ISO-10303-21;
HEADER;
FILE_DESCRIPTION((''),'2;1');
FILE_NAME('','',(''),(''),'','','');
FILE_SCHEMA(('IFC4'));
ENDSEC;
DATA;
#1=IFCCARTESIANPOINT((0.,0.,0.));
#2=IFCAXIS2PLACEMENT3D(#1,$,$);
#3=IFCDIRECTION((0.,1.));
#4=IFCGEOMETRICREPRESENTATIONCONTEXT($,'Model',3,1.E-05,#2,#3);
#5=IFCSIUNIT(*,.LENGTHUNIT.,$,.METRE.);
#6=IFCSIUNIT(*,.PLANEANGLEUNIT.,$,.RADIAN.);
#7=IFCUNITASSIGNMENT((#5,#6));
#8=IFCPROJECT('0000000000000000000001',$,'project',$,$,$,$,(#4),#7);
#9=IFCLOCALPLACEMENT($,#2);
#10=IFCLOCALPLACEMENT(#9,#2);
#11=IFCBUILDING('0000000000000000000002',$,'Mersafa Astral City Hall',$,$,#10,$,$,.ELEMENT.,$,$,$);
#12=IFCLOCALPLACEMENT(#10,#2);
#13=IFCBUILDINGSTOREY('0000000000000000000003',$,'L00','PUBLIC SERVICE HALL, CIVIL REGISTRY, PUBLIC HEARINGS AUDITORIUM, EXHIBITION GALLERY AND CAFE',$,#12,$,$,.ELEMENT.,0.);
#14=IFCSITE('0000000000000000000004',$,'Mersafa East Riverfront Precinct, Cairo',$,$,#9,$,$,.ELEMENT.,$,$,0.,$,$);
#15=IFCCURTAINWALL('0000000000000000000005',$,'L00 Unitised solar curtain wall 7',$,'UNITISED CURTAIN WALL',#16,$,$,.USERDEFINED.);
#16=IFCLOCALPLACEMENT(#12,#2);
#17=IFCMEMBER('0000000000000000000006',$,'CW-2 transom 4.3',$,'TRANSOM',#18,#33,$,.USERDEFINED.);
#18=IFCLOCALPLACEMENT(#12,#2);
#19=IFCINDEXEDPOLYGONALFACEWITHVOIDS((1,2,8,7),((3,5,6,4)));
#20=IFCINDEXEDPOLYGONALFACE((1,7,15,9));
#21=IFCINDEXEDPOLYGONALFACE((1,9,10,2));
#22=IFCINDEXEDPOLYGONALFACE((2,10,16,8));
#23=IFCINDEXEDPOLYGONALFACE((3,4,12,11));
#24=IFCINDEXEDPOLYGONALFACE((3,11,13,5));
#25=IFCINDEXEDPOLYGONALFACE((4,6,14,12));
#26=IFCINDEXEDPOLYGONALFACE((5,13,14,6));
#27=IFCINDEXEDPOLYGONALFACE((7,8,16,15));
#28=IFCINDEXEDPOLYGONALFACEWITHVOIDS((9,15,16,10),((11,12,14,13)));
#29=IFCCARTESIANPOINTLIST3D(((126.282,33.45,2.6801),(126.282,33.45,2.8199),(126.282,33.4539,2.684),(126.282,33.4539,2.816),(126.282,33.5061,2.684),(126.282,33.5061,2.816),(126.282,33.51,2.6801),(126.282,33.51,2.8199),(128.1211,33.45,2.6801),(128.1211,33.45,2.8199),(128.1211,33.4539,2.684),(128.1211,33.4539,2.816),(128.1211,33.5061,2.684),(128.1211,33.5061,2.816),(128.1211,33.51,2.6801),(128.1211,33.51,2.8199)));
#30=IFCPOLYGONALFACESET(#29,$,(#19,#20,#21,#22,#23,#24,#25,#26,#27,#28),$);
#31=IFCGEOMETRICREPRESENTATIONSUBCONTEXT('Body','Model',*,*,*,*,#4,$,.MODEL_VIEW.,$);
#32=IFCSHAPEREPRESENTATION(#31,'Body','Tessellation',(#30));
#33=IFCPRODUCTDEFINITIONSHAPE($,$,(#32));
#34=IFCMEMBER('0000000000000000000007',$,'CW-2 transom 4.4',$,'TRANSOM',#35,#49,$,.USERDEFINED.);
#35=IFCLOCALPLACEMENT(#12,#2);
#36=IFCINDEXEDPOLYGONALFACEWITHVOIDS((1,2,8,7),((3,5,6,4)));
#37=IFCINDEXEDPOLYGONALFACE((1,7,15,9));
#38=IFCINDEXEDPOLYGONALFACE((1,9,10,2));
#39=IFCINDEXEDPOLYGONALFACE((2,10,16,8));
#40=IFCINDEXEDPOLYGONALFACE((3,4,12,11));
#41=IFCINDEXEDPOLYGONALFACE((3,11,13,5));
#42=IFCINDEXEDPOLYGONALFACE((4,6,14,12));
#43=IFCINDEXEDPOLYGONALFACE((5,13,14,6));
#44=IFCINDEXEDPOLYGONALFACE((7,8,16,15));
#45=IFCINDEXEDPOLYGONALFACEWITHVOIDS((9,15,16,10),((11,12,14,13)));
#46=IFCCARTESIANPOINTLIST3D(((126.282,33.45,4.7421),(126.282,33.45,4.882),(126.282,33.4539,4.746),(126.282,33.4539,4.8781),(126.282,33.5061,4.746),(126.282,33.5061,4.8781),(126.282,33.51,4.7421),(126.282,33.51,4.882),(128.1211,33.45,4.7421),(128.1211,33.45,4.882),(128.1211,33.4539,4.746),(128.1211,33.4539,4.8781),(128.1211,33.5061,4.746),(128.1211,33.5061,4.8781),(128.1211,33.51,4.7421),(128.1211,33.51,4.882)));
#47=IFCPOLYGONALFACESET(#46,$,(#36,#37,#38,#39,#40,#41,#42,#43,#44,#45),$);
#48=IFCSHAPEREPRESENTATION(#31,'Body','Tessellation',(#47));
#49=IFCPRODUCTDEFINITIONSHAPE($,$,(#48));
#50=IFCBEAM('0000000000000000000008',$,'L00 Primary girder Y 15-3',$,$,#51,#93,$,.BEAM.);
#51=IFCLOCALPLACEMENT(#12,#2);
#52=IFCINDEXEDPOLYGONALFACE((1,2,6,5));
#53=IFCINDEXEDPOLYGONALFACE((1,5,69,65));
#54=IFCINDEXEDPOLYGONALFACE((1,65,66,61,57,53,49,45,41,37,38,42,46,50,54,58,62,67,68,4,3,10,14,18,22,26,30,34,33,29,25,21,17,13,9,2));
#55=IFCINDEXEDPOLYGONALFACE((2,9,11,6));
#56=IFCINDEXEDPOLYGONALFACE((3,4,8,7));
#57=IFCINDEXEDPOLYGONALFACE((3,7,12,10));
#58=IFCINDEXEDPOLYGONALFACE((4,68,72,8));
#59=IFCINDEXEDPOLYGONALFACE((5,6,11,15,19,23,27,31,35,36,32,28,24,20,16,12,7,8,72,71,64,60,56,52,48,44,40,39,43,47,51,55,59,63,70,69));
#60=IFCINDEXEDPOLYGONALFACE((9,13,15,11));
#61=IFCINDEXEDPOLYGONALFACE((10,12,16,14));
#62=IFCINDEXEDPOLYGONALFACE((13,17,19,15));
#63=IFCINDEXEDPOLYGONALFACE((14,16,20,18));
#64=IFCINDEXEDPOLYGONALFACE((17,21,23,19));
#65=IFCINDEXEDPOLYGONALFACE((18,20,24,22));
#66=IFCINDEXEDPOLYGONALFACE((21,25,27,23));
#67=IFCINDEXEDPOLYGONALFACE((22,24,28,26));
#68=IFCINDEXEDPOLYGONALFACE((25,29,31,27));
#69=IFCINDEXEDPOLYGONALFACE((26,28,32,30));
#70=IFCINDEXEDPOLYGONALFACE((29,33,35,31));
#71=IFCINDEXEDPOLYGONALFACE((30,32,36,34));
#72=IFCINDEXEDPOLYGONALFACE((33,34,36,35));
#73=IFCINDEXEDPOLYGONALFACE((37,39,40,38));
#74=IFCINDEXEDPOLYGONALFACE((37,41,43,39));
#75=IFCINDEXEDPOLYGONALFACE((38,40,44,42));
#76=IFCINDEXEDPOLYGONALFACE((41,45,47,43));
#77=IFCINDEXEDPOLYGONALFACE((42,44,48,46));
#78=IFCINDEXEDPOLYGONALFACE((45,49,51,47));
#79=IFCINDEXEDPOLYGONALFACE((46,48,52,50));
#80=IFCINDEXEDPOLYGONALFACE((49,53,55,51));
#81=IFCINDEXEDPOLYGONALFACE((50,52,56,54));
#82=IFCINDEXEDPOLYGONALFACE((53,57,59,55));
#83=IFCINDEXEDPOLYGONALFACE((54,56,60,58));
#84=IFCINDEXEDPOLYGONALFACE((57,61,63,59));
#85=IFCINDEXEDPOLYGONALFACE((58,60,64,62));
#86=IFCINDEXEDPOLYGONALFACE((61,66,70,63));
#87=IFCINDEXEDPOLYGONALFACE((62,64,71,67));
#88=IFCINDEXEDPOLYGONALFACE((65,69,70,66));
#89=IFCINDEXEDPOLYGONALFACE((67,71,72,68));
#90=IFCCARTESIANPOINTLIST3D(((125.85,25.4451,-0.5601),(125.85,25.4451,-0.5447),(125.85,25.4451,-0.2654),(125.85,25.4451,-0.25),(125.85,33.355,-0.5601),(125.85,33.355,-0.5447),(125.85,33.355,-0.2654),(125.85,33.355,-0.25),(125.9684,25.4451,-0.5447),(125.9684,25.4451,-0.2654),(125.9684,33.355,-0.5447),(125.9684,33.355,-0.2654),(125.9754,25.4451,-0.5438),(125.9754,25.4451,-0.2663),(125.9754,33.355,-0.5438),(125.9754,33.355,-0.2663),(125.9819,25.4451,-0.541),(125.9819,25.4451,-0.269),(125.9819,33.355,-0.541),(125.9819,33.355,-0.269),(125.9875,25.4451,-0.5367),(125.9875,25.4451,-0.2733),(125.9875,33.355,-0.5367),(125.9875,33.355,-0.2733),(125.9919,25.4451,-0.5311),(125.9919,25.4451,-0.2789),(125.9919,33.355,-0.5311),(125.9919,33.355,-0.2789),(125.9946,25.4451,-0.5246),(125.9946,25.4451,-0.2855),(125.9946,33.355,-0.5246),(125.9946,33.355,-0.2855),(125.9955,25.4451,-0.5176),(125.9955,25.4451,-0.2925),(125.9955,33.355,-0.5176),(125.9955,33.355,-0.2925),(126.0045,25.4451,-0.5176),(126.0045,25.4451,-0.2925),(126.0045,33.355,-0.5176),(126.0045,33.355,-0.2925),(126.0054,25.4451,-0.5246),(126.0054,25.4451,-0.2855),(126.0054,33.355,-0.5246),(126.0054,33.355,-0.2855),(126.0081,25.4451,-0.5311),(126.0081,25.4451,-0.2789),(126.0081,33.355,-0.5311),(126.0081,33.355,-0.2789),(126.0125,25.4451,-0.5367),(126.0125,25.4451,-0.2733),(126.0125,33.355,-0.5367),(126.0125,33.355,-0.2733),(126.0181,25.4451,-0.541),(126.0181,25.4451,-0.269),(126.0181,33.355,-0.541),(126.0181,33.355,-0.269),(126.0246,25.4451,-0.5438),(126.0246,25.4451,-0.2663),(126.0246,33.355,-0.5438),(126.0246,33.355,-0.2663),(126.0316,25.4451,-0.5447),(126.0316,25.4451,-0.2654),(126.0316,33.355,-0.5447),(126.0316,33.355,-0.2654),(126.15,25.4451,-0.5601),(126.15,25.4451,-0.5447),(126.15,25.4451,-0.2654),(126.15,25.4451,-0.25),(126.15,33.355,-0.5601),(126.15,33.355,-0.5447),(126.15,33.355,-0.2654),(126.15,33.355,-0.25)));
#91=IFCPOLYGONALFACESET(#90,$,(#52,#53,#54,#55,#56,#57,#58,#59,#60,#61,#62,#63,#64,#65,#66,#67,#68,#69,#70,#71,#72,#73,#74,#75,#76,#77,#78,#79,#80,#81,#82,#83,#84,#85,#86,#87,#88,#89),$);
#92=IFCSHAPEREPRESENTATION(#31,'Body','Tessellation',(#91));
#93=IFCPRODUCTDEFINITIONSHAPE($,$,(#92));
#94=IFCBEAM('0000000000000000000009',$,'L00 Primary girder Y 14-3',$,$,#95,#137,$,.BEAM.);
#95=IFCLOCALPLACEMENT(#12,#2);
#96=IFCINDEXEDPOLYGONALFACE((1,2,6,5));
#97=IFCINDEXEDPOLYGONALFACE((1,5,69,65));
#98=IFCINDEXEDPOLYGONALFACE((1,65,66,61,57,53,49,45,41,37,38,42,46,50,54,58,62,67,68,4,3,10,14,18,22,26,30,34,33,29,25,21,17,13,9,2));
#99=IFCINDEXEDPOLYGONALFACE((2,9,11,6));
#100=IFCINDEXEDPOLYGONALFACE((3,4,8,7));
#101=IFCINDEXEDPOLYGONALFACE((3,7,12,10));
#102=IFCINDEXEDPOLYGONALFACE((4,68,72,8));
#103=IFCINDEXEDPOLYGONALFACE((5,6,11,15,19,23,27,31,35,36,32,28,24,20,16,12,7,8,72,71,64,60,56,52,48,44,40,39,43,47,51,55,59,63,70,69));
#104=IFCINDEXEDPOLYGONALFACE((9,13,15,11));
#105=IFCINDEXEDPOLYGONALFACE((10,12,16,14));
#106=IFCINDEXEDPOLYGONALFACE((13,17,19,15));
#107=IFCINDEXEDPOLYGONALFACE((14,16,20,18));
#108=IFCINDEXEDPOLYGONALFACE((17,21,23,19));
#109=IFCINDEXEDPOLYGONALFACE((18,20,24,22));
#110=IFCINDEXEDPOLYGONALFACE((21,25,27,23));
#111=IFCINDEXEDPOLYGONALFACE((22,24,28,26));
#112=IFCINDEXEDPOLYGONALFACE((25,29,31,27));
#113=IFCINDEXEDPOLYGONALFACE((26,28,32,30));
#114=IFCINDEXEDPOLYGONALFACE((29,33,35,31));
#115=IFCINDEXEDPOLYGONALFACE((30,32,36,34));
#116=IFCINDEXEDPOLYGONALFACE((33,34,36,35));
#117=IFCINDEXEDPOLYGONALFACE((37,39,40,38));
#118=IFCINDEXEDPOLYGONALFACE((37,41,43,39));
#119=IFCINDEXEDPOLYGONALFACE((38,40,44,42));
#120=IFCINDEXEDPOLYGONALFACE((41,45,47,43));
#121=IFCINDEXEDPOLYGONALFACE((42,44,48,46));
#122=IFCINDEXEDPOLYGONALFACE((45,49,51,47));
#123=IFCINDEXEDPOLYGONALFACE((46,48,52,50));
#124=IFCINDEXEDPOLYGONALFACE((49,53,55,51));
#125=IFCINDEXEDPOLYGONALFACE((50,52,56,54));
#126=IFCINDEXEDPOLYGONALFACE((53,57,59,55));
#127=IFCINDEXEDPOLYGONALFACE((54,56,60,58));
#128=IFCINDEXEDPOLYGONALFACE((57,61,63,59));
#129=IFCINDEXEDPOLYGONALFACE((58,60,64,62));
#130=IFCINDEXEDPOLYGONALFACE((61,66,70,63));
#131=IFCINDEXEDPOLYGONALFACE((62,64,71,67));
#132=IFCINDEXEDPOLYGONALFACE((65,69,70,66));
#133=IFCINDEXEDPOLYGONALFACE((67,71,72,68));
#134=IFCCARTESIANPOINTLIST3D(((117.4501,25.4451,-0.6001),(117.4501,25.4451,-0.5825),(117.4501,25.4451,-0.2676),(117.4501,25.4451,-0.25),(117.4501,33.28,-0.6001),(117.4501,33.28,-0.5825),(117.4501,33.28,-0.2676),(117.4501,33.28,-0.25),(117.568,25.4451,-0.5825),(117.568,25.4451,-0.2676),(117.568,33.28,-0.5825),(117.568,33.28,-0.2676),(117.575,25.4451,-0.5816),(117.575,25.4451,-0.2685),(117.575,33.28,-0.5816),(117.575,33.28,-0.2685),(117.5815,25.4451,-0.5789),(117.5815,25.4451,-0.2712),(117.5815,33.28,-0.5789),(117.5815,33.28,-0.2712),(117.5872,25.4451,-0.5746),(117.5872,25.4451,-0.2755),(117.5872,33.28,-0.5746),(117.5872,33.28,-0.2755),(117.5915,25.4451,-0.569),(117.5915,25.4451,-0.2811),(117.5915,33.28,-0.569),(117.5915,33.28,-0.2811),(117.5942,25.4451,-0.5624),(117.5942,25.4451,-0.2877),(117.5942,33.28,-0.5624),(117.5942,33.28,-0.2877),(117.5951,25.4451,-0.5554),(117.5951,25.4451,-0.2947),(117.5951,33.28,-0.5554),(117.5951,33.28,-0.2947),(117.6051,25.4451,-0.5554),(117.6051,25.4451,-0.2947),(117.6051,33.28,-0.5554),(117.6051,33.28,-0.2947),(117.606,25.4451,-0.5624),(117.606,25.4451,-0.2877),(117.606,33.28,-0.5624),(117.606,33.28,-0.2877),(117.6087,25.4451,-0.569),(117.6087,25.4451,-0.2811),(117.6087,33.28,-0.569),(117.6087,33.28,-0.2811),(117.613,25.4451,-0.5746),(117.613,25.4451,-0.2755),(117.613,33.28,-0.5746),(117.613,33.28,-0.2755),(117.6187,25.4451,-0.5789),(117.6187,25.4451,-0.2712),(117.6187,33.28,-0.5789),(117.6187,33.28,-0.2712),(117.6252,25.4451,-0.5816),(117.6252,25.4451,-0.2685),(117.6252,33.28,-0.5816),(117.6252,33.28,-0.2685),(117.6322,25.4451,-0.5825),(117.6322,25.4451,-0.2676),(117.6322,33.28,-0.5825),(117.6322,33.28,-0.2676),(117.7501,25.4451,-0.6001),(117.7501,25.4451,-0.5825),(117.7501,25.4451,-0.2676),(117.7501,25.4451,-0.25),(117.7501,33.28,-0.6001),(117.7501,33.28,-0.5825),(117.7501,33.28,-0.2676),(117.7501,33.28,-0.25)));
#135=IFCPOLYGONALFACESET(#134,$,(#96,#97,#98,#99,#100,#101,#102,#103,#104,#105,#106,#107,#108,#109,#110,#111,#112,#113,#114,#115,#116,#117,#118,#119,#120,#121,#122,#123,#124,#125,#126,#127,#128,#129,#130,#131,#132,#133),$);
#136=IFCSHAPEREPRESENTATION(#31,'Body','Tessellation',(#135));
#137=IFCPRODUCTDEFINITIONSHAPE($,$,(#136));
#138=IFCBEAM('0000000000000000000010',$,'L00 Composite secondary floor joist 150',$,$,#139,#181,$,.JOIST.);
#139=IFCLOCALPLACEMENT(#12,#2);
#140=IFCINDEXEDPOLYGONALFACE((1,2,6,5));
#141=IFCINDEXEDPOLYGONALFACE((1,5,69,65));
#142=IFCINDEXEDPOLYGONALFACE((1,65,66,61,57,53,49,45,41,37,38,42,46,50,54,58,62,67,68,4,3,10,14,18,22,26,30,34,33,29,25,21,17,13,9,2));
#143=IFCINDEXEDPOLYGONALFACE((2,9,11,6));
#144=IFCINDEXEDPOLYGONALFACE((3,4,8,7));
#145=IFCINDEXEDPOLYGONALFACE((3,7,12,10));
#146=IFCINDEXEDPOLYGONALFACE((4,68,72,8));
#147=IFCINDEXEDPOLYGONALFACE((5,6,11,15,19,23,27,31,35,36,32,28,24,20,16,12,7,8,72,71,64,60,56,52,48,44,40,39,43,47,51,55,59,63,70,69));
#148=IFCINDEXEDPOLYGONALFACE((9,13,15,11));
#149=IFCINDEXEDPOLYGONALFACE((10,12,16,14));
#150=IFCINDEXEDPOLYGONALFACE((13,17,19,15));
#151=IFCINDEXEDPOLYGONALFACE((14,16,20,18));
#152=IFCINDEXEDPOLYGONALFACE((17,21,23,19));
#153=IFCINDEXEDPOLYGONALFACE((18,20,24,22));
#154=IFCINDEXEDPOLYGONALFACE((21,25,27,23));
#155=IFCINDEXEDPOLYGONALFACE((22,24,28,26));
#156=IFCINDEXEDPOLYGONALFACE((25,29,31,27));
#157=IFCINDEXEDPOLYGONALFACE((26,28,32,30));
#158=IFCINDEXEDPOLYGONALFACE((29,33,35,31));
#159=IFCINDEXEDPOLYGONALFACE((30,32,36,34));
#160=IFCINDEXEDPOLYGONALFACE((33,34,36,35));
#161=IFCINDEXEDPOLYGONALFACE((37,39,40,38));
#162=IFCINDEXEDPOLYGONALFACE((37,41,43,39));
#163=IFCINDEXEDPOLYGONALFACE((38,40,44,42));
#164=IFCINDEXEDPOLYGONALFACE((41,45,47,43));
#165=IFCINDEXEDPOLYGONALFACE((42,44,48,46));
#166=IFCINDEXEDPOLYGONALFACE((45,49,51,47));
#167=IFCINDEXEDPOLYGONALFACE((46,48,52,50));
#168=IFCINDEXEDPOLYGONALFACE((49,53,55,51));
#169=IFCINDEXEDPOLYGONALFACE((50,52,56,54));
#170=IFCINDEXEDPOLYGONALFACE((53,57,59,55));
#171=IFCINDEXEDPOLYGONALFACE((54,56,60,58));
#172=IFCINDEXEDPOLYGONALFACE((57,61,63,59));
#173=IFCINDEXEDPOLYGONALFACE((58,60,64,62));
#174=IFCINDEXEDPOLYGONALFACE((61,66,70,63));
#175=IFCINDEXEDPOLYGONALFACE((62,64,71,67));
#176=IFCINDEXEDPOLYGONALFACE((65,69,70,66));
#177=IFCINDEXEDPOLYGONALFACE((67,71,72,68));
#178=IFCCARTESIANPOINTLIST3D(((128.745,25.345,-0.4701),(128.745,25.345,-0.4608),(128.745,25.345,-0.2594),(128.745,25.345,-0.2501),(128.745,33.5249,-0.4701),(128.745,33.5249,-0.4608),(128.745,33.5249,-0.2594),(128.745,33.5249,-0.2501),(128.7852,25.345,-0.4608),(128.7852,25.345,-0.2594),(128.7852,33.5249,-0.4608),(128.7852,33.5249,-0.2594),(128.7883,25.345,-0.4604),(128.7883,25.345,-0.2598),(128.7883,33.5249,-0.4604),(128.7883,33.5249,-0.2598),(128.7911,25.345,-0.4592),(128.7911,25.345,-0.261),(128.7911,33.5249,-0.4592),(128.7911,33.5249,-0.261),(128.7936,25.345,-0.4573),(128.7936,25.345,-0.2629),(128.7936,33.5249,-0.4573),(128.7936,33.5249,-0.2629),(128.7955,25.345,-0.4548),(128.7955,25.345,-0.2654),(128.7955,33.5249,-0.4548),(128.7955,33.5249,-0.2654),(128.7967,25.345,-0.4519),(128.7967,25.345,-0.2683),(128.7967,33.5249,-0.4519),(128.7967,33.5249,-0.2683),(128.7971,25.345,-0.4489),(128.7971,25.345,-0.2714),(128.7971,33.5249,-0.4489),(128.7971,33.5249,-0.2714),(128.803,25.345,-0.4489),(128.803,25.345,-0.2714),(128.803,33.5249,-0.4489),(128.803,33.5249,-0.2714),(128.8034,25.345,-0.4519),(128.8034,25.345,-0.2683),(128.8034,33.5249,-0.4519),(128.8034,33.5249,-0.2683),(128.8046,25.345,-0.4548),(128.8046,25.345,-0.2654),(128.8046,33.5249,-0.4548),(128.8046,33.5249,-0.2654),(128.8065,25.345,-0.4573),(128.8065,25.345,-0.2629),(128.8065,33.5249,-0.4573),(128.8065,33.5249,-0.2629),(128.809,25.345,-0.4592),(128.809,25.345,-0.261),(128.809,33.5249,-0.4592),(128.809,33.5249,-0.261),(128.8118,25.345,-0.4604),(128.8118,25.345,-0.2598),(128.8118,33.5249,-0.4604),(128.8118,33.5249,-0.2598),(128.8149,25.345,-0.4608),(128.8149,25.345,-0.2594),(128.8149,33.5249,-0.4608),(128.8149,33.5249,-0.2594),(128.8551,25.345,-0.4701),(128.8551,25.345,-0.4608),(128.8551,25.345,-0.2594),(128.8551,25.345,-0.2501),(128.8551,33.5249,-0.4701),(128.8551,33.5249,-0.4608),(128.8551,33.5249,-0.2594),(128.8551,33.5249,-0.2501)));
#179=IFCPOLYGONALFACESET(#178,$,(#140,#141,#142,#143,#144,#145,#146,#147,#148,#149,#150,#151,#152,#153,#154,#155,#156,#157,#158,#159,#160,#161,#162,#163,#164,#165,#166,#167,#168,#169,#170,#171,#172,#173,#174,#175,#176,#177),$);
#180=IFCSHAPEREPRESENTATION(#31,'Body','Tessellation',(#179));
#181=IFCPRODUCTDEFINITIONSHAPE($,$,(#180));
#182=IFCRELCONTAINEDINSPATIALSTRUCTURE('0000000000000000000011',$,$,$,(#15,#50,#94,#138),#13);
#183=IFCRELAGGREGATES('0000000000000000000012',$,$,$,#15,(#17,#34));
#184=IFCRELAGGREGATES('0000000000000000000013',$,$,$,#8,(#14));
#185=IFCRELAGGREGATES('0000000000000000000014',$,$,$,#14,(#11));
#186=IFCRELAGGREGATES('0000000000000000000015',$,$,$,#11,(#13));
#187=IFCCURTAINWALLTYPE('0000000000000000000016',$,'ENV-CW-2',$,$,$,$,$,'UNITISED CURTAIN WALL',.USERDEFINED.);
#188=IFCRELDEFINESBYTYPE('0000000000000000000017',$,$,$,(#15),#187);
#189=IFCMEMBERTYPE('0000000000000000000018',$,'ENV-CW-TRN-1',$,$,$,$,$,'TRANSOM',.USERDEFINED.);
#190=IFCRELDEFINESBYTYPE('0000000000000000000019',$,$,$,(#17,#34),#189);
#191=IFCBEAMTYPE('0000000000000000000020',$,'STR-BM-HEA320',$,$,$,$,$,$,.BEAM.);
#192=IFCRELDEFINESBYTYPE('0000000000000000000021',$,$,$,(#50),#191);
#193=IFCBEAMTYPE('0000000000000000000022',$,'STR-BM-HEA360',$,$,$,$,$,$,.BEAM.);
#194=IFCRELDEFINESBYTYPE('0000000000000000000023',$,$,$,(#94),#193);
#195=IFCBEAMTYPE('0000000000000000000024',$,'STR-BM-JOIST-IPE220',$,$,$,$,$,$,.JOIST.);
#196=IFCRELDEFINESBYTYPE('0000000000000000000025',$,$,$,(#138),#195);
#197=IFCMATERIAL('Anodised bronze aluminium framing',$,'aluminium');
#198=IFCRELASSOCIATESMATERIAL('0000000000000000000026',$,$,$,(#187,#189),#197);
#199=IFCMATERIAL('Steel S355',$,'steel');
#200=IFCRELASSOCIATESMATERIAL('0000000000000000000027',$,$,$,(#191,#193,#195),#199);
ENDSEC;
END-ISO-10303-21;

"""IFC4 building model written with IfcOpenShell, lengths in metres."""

from ifc_helpers import new_model, si_unit, direction, frame, origin, origin_2d, place, context, subcontext, project, spatial, hollow_rectangle, i_section, extrude, material, material_profile, profile_set, type_object, element, aggregate, save


model = new_model("IFC4")

# Units and contexts
model_context = context("Model", 3, precision=1e-05, world=origin(), true_north=direction((0.0, 1.0)))
body_context = subcontext(model_context, "Body", "Model", "MODEL_VIEW")
ifc_project = project(units=[si_unit("LENGTHUNIT", "METRE"), si_unit("PLANEANGLEUNIT", "RADIAN")], contexts=[model_context])

# Site, building, storey
site_placement = place(None, origin())
site = spatial("IfcSite", under=ifc_project, at=site_placement, Name="Mersafa East Riverfront Precinct, Cairo", CompositionType="ELEMENT", RefElevation=0.0)
building_placement = place(site_placement, origin())
building = spatial("IfcBuilding", under=site, at=building_placement, Name="Mersafa Astral City Hall", CompositionType="ELEMENT")
storey_placement = place(building_placement, origin())
storey = spatial("IfcBuildingStorey", under=building, at=storey_placement, Name="L00", Description="PUBLIC SERVICE HALL, CIVIL REGISTRY, PUBLIC HEARINGS AUDITORIUM, EXHIBITION GALLERY AND CAFE", CompositionType="ELEMENT", Elevation=0.0)

# Shared definitions
ifc_material_1 = material(Name="Steel S355", Category="steel")

# Curtain wall, members
ifc_material_2 = material(Name="Anodised bronze aluminium framing", Category="aluminium")
curtain_wall_type = type_object("IfcCurtainWallType", Name="ENV-CW-2", ElementType="UNITISED CURTAIN WALL", PredefinedType="USERDEFINED", material=ifc_material_2)
curtain_wall_placement = place(storey_placement, origin())
curtain_wall = element("IfcCurtainWall", 1, at=curtain_wall_placement, inside=storey, type_object=curtain_wall_type, Name="L00 Unitised solar curtain wall 7", ObjectType="UNITISED CURTAIN WALL", PredefinedType="USERDEFINED")
ifc_material_profile_1 = material_profile(ifc_material_2, hollow_rectangle(XDim=0.0601, YDim=0.1399, WallThickness=0.0039, at=origin_2d()), Name="RHS 60x140x4")
ifc_profile_set_1 = profile_set([ifc_material_profile_1], Name="Anodised bronze aluminium framing")
member_type_1 = type_object("IfcMemberType", Name="ENV-CW-TRN-1", ElementType="TRANSOM", PredefinedType="USERDEFINED", material=ifc_profile_set_1)
member_1_placement = place(storey_placement, frame((128.1211, 33.48, 2.75), z_axis=(-1.0, 0.0, 0.0), x_axis=(0.0, -1.0, 0.0)))
member_1 = element("IfcMember", 2, at=member_1_placement, type_object=member_type_1, Name="CW-2 transom 4.3", ObjectType="TRANSOM", PredefinedType="USERDEFINED", context=body_context, shape_type="SweptSolid", body=[
    extrude(hollow_rectangle(XDim=0.0601, YDim=0.1399, WallThickness=0.0039, at=origin_2d()), origin(), (0.0, 0.0, 1.0), 1.8391),
])
member_2_placement = place(storey_placement, frame((128.1211, 33.48, 4.812), z_axis=(-1.0, 0.0, 0.0), x_axis=(0.0, -1.0, 0.0)))
member_2 = element("IfcMember", 3, at=member_2_placement, type_object=member_type_1, Name="CW-2 transom 4.4", ObjectType="TRANSOM", PredefinedType="USERDEFINED", context=body_context, shape_type="SweptSolid", body=[
    extrude(hollow_rectangle(XDim=0.0601, YDim=0.1399, WallThickness=0.0039, at=origin_2d()), origin(), (0.0, 0.0, 1.0), 1.8391),
])

# Beams
ifc_material_profile_2 = material_profile(ifc_material_1, i_section(OverallWidth=0.3, OverallDepth=0.3101, WebThickness=0.009, FlangeThickness=0.0154, FilletRadius=0.0271, at=origin_2d()), Name="HEA 320")
ifc_profile_set_2 = profile_set([ifc_material_profile_2], Name="Steel S355")
beam_type_1 = type_object("IfcBeamType", Name="STR-BM-HEA320", PredefinedType="BEAM", material=ifc_profile_set_2)
beam_1_placement = place(storey_placement, frame((126.0, 25.4451, -0.405), z_axis=(0.0, 1.0, 0.0), x_axis=(-1.0, 0.0, 0.0)))
element("IfcBeam", 4, at=beam_1_placement, inside=storey, type_object=beam_type_1, Name="L00 Primary girder Y 15-3", PredefinedType="BEAM", context=body_context, shape_type="SweptSolid", body=[
    extrude(i_section(OverallWidth=0.3, OverallDepth=0.3101, WebThickness=0.009, FlangeThickness=0.0154, FilletRadius=0.0271, at=origin_2d()), origin(), (0.0, 0.0, 1.0), 7.9099),
])
ifc_material_profile_3 = material_profile(ifc_material_1, i_section(OverallWidth=0.3, OverallDepth=0.3501, WebThickness=0.01, FlangeThickness=0.0176, FilletRadius=0.0271, at=origin_2d()), Name="HEA 360")
ifc_profile_set_3 = profile_set([ifc_material_profile_3], Name="Steel S355")
beam_type_2 = type_object("IfcBeamType", Name="STR-BM-HEA360", PredefinedType="BEAM", material=ifc_profile_set_3)
beam_2_placement = place(storey_placement, frame((117.6001, 25.4451, -0.425), z_axis=(0.0, 1.0, 0.0), x_axis=(-1.0, 0.0, 0.0)))
element("IfcBeam", 5, at=beam_2_placement, inside=storey, type_object=beam_type_2, Name="L00 Primary girder Y 14-3", PredefinedType="BEAM", context=body_context, shape_type="SweptSolid", body=[
    extrude(i_section(OverallWidth=0.3, OverallDepth=0.3501, WebThickness=0.01, FlangeThickness=0.0176, FilletRadius=0.0271, at=origin_2d()), origin(), (0.0, 0.0, 1.0), 7.835),
])
ifc_material_profile_4 = material_profile(ifc_material_1, i_section(OverallWidth=0.1101, OverallDepth=0.22, WebThickness=0.0059, FlangeThickness=0.0093, FilletRadius=0.012, at=origin_2d()), Name="IPE 220")
ifc_profile_set_4 = profile_set([ifc_material_profile_4], Name="Steel S355")
beam_type_3 = type_object("IfcBeamType", Name="STR-BM-JOIST-IPE220", PredefinedType="JOIST", material=ifc_profile_set_4)
beam_3_placement = place(storey_placement, frame((128.8, 25.345, -0.3601), z_axis=(0.0, 1.0, 0.0), x_axis=(-1.0, 0.0, 0.0)))
element("IfcBeam", 6, at=beam_3_placement, inside=storey, type_object=beam_type_3, Name="L00 Composite secondary floor joist 150", PredefinedType="JOIST", context=body_context, shape_type="SweptSolid", body=[
    extrude(i_section(OverallWidth=0.1101, OverallDepth=0.22, WebThickness=0.0059, FlangeThickness=0.0093, FilletRadius=0.012, at=origin_2d()), origin(), (0.0, 0.0, 1.0), 8.1799),
])

aggregate(curtain_wall, [member_1, member_2])

save(model, "model.ifc")
